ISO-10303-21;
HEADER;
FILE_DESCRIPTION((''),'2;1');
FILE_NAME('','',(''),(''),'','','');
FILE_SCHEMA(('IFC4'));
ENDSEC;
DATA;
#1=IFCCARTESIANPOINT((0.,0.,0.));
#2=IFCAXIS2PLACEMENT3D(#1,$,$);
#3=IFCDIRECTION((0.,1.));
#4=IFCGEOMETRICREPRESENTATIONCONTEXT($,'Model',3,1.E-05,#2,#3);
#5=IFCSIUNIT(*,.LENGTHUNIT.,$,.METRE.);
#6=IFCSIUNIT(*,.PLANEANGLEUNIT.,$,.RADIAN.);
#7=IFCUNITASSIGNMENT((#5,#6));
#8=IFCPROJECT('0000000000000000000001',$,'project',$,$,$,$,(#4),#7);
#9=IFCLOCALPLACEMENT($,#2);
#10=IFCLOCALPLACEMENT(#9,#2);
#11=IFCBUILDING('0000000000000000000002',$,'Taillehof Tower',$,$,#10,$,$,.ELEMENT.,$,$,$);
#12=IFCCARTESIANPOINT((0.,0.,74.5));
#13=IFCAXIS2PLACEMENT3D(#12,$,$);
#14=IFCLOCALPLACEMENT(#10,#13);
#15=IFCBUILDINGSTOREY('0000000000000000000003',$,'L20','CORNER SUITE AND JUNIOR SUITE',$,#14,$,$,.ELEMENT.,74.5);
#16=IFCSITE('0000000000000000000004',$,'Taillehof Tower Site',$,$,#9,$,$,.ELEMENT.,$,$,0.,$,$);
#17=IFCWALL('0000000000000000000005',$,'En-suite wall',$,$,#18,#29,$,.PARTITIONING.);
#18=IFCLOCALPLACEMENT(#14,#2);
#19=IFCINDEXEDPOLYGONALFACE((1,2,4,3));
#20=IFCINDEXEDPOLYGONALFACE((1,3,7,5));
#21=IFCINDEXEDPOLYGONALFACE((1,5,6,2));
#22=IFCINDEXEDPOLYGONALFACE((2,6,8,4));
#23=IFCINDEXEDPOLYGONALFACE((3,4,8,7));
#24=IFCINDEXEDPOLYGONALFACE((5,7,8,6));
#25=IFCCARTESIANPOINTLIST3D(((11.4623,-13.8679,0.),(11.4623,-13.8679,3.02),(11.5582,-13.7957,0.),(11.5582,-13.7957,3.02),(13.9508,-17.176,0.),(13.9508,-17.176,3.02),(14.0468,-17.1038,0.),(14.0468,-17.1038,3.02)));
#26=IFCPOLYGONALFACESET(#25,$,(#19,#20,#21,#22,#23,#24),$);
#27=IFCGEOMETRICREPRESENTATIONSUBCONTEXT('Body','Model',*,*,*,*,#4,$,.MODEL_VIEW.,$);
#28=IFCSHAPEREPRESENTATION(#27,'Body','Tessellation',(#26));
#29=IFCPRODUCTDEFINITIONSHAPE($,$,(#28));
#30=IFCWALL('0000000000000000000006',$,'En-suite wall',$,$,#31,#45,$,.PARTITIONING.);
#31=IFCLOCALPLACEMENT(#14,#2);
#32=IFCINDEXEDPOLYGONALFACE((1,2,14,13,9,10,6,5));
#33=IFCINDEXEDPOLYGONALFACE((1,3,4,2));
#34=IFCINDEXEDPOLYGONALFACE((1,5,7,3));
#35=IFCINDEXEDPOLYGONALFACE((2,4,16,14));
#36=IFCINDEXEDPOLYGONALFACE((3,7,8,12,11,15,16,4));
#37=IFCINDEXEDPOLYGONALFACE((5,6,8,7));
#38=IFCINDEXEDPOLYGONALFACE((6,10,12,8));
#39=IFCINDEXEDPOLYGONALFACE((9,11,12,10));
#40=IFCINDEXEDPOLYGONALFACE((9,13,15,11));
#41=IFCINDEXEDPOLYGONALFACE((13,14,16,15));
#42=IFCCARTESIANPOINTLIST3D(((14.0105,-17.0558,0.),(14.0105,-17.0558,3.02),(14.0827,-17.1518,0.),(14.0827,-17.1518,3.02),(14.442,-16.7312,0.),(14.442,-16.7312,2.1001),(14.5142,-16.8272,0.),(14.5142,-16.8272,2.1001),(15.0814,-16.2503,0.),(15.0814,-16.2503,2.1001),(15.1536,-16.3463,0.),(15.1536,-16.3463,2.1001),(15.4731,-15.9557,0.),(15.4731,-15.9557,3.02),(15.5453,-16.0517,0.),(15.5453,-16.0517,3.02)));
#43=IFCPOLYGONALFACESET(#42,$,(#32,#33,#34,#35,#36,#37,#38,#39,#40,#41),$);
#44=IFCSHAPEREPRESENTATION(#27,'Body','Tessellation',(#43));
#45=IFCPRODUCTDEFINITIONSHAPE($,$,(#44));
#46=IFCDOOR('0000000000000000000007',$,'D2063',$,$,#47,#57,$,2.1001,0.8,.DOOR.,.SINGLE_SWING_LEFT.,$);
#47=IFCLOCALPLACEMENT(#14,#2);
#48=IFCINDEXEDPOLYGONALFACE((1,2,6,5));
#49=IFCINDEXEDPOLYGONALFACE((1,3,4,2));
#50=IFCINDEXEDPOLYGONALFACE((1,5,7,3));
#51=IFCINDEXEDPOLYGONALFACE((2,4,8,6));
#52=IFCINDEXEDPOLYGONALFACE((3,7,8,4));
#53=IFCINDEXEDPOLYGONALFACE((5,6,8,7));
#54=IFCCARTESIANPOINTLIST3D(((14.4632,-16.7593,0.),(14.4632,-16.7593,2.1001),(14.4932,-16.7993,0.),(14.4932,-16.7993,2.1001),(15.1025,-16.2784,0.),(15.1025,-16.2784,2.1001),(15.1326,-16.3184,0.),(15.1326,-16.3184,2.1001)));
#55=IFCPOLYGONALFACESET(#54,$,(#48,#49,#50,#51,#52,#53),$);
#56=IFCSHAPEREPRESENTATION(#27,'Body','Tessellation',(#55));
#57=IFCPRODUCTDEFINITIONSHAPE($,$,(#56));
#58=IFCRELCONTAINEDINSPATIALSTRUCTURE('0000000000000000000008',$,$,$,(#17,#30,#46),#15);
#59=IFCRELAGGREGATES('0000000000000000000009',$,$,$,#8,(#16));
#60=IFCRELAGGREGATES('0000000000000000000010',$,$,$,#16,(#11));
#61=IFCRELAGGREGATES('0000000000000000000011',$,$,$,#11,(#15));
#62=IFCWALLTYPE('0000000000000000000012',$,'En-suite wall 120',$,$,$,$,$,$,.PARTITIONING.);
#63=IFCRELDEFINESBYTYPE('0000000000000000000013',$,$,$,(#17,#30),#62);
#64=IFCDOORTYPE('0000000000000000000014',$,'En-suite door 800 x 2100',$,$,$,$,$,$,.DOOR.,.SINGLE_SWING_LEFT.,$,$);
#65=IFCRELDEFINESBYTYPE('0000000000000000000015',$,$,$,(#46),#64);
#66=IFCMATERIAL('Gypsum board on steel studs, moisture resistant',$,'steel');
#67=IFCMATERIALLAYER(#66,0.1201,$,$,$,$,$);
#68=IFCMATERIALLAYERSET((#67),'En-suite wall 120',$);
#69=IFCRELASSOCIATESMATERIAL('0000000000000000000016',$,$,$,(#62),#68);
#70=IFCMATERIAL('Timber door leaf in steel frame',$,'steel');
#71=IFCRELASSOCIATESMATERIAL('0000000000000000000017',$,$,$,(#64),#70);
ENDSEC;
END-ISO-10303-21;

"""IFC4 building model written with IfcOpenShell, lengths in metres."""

from ifc_helpers import new_model, si_unit, direction, frame, frame_2d, origin, place, context, subcontext, project, spatial, rectangle, extrude, material, layer, layer_set, type_object, element, fill, save


model = new_model("IFC4")

# Units and contexts
model_context = context("Model", 3, precision=1e-05, world=origin(), true_north=direction((0.0, 1.0)))
body_context = subcontext(model_context, "Body", "Model", "MODEL_VIEW")
ifc_project = project(units=[si_unit("LENGTHUNIT", "METRE"), si_unit("PLANEANGLEUNIT", "RADIAN")], contexts=[model_context])

# Site, building, storey
site_placement = place(None, origin())
site = spatial("IfcSite", under=ifc_project, at=site_placement, Name="Taillehof Tower Site", CompositionType="ELEMENT", RefElevation=0.0)
building_placement = place(site_placement, origin())
building = spatial("IfcBuilding", under=site, at=building_placement, Name="Taillehof Tower", CompositionType="ELEMENT")
storey_placement = place(building_placement, frame((0.0, 0.0, 74.5)))
storey = spatial("IfcBuildingStorey", under=building, at=storey_placement, Name="L20", Description="CORNER SUITE AND JUNIOR SUITE", CompositionType="ELEMENT", Elevation=74.5)

# Wall
ifc_material_1 = material(Name="Gypsum board on steel studs, moisture resistant", Category="steel")
ifc_layer_1 = layer(ifc_material_1, 0.1201)
ifc_layer_set_1 = layer_set([ifc_layer_1], Name="En-suite wall 120")
wall_type_1 = type_object("IfcWallType", Name="En-suite wall 120", PredefinedType="PARTITIONING", material=ifc_layer_set_1)
wall_1_placement = place(storey_placement, frame((11.5103, -13.8318, 0.0), z_axis=(0.0, 0.0, 1.0), x_axis=(0.601151, -0.799136, 0.0)))
element("IfcWall", 1, at=wall_1_placement, inside=storey, type_object=wall_type_1, Name="En-suite wall", PredefinedType="PARTITIONING", context=body_context, shape_type="SweptSolid", body=[
    extrude(rectangle(XDim=4.1396, YDim=0.1201, at=frame_2d((2.0698, 0.0))), origin(), (0.0, 0.0, 1.0), 3.02),
])

# Wall, opening, door
wall_2_placement = place(storey_placement, frame((14.0466, -17.1038, 0.0), z_axis=(0.0, 0.0, 1.0), x_axis=(0.799183, 0.601088, 0.0)))
wall_2 = element("IfcWall", 2, at=wall_2_placement, inside=storey, type_object=wall_type_1, Name="En-suite wall", PredefinedType="PARTITIONING", context=body_context, shape_type="SweptSolid", body=[
    extrude(rectangle(XDim=1.8301, YDim=0.1201, at=frame_2d((0.915, 0.0))), origin(), (0.0, 0.0, 1.0), 3.02),
])
opening_1_placement = place(wall_2_placement, frame((0.54, 0.0, 0.0)))
opening_1 = element("IfcOpeningElement", 3, at=opening_1_placement, cuts=wall_2, PredefinedType="OPENING", context=body_context, shape_type="SweptSolid", body=[
    extrude(rectangle(XDim=0.8, YDim=2.1001, at=frame_2d((0.3999, 1.05))), frame((0.0, 0.0701, 0.0), z_axis=(0.0, -1.0, 0.0), x_axis=(1.0, 0.0, 0.0)), (0.0, 0.0, 1.0), 0.1401),
])
ifc_material_2 = material(Name="Timber door leaf in steel frame", Category="steel")
door_type_1 = type_object("IfcDoorType", Name="En-suite door 800 x 2100", OperationType="SINGLE_SWING_LEFT", PredefinedType="DOOR", material=ifc_material_2)
door_1_placement = place(opening_1_placement, origin())
door_1 = element("IfcDoor", 4, at=door_1_placement, inside=storey, type_object=door_type_1, Name="D2063", OperationType="SINGLE_SWING_LEFT", OverallHeight=2.1001, OverallWidth=0.8, PredefinedType="DOOR", context=body_context, shape_type="SweptSolid", body=[
    extrude(rectangle(XDim=0.8, YDim=2.1001, at=frame_2d((0.3999, 1.05))), frame((0.0, 0.0249, 0.0), z_axis=(0.0, -1.0, 0.0), x_axis=(1.0, 0.0, 0.0)), (0.0, 0.0, 1.0), 0.05),
])
fill(opening_1, door_1)

save(model, "model.ifc")
